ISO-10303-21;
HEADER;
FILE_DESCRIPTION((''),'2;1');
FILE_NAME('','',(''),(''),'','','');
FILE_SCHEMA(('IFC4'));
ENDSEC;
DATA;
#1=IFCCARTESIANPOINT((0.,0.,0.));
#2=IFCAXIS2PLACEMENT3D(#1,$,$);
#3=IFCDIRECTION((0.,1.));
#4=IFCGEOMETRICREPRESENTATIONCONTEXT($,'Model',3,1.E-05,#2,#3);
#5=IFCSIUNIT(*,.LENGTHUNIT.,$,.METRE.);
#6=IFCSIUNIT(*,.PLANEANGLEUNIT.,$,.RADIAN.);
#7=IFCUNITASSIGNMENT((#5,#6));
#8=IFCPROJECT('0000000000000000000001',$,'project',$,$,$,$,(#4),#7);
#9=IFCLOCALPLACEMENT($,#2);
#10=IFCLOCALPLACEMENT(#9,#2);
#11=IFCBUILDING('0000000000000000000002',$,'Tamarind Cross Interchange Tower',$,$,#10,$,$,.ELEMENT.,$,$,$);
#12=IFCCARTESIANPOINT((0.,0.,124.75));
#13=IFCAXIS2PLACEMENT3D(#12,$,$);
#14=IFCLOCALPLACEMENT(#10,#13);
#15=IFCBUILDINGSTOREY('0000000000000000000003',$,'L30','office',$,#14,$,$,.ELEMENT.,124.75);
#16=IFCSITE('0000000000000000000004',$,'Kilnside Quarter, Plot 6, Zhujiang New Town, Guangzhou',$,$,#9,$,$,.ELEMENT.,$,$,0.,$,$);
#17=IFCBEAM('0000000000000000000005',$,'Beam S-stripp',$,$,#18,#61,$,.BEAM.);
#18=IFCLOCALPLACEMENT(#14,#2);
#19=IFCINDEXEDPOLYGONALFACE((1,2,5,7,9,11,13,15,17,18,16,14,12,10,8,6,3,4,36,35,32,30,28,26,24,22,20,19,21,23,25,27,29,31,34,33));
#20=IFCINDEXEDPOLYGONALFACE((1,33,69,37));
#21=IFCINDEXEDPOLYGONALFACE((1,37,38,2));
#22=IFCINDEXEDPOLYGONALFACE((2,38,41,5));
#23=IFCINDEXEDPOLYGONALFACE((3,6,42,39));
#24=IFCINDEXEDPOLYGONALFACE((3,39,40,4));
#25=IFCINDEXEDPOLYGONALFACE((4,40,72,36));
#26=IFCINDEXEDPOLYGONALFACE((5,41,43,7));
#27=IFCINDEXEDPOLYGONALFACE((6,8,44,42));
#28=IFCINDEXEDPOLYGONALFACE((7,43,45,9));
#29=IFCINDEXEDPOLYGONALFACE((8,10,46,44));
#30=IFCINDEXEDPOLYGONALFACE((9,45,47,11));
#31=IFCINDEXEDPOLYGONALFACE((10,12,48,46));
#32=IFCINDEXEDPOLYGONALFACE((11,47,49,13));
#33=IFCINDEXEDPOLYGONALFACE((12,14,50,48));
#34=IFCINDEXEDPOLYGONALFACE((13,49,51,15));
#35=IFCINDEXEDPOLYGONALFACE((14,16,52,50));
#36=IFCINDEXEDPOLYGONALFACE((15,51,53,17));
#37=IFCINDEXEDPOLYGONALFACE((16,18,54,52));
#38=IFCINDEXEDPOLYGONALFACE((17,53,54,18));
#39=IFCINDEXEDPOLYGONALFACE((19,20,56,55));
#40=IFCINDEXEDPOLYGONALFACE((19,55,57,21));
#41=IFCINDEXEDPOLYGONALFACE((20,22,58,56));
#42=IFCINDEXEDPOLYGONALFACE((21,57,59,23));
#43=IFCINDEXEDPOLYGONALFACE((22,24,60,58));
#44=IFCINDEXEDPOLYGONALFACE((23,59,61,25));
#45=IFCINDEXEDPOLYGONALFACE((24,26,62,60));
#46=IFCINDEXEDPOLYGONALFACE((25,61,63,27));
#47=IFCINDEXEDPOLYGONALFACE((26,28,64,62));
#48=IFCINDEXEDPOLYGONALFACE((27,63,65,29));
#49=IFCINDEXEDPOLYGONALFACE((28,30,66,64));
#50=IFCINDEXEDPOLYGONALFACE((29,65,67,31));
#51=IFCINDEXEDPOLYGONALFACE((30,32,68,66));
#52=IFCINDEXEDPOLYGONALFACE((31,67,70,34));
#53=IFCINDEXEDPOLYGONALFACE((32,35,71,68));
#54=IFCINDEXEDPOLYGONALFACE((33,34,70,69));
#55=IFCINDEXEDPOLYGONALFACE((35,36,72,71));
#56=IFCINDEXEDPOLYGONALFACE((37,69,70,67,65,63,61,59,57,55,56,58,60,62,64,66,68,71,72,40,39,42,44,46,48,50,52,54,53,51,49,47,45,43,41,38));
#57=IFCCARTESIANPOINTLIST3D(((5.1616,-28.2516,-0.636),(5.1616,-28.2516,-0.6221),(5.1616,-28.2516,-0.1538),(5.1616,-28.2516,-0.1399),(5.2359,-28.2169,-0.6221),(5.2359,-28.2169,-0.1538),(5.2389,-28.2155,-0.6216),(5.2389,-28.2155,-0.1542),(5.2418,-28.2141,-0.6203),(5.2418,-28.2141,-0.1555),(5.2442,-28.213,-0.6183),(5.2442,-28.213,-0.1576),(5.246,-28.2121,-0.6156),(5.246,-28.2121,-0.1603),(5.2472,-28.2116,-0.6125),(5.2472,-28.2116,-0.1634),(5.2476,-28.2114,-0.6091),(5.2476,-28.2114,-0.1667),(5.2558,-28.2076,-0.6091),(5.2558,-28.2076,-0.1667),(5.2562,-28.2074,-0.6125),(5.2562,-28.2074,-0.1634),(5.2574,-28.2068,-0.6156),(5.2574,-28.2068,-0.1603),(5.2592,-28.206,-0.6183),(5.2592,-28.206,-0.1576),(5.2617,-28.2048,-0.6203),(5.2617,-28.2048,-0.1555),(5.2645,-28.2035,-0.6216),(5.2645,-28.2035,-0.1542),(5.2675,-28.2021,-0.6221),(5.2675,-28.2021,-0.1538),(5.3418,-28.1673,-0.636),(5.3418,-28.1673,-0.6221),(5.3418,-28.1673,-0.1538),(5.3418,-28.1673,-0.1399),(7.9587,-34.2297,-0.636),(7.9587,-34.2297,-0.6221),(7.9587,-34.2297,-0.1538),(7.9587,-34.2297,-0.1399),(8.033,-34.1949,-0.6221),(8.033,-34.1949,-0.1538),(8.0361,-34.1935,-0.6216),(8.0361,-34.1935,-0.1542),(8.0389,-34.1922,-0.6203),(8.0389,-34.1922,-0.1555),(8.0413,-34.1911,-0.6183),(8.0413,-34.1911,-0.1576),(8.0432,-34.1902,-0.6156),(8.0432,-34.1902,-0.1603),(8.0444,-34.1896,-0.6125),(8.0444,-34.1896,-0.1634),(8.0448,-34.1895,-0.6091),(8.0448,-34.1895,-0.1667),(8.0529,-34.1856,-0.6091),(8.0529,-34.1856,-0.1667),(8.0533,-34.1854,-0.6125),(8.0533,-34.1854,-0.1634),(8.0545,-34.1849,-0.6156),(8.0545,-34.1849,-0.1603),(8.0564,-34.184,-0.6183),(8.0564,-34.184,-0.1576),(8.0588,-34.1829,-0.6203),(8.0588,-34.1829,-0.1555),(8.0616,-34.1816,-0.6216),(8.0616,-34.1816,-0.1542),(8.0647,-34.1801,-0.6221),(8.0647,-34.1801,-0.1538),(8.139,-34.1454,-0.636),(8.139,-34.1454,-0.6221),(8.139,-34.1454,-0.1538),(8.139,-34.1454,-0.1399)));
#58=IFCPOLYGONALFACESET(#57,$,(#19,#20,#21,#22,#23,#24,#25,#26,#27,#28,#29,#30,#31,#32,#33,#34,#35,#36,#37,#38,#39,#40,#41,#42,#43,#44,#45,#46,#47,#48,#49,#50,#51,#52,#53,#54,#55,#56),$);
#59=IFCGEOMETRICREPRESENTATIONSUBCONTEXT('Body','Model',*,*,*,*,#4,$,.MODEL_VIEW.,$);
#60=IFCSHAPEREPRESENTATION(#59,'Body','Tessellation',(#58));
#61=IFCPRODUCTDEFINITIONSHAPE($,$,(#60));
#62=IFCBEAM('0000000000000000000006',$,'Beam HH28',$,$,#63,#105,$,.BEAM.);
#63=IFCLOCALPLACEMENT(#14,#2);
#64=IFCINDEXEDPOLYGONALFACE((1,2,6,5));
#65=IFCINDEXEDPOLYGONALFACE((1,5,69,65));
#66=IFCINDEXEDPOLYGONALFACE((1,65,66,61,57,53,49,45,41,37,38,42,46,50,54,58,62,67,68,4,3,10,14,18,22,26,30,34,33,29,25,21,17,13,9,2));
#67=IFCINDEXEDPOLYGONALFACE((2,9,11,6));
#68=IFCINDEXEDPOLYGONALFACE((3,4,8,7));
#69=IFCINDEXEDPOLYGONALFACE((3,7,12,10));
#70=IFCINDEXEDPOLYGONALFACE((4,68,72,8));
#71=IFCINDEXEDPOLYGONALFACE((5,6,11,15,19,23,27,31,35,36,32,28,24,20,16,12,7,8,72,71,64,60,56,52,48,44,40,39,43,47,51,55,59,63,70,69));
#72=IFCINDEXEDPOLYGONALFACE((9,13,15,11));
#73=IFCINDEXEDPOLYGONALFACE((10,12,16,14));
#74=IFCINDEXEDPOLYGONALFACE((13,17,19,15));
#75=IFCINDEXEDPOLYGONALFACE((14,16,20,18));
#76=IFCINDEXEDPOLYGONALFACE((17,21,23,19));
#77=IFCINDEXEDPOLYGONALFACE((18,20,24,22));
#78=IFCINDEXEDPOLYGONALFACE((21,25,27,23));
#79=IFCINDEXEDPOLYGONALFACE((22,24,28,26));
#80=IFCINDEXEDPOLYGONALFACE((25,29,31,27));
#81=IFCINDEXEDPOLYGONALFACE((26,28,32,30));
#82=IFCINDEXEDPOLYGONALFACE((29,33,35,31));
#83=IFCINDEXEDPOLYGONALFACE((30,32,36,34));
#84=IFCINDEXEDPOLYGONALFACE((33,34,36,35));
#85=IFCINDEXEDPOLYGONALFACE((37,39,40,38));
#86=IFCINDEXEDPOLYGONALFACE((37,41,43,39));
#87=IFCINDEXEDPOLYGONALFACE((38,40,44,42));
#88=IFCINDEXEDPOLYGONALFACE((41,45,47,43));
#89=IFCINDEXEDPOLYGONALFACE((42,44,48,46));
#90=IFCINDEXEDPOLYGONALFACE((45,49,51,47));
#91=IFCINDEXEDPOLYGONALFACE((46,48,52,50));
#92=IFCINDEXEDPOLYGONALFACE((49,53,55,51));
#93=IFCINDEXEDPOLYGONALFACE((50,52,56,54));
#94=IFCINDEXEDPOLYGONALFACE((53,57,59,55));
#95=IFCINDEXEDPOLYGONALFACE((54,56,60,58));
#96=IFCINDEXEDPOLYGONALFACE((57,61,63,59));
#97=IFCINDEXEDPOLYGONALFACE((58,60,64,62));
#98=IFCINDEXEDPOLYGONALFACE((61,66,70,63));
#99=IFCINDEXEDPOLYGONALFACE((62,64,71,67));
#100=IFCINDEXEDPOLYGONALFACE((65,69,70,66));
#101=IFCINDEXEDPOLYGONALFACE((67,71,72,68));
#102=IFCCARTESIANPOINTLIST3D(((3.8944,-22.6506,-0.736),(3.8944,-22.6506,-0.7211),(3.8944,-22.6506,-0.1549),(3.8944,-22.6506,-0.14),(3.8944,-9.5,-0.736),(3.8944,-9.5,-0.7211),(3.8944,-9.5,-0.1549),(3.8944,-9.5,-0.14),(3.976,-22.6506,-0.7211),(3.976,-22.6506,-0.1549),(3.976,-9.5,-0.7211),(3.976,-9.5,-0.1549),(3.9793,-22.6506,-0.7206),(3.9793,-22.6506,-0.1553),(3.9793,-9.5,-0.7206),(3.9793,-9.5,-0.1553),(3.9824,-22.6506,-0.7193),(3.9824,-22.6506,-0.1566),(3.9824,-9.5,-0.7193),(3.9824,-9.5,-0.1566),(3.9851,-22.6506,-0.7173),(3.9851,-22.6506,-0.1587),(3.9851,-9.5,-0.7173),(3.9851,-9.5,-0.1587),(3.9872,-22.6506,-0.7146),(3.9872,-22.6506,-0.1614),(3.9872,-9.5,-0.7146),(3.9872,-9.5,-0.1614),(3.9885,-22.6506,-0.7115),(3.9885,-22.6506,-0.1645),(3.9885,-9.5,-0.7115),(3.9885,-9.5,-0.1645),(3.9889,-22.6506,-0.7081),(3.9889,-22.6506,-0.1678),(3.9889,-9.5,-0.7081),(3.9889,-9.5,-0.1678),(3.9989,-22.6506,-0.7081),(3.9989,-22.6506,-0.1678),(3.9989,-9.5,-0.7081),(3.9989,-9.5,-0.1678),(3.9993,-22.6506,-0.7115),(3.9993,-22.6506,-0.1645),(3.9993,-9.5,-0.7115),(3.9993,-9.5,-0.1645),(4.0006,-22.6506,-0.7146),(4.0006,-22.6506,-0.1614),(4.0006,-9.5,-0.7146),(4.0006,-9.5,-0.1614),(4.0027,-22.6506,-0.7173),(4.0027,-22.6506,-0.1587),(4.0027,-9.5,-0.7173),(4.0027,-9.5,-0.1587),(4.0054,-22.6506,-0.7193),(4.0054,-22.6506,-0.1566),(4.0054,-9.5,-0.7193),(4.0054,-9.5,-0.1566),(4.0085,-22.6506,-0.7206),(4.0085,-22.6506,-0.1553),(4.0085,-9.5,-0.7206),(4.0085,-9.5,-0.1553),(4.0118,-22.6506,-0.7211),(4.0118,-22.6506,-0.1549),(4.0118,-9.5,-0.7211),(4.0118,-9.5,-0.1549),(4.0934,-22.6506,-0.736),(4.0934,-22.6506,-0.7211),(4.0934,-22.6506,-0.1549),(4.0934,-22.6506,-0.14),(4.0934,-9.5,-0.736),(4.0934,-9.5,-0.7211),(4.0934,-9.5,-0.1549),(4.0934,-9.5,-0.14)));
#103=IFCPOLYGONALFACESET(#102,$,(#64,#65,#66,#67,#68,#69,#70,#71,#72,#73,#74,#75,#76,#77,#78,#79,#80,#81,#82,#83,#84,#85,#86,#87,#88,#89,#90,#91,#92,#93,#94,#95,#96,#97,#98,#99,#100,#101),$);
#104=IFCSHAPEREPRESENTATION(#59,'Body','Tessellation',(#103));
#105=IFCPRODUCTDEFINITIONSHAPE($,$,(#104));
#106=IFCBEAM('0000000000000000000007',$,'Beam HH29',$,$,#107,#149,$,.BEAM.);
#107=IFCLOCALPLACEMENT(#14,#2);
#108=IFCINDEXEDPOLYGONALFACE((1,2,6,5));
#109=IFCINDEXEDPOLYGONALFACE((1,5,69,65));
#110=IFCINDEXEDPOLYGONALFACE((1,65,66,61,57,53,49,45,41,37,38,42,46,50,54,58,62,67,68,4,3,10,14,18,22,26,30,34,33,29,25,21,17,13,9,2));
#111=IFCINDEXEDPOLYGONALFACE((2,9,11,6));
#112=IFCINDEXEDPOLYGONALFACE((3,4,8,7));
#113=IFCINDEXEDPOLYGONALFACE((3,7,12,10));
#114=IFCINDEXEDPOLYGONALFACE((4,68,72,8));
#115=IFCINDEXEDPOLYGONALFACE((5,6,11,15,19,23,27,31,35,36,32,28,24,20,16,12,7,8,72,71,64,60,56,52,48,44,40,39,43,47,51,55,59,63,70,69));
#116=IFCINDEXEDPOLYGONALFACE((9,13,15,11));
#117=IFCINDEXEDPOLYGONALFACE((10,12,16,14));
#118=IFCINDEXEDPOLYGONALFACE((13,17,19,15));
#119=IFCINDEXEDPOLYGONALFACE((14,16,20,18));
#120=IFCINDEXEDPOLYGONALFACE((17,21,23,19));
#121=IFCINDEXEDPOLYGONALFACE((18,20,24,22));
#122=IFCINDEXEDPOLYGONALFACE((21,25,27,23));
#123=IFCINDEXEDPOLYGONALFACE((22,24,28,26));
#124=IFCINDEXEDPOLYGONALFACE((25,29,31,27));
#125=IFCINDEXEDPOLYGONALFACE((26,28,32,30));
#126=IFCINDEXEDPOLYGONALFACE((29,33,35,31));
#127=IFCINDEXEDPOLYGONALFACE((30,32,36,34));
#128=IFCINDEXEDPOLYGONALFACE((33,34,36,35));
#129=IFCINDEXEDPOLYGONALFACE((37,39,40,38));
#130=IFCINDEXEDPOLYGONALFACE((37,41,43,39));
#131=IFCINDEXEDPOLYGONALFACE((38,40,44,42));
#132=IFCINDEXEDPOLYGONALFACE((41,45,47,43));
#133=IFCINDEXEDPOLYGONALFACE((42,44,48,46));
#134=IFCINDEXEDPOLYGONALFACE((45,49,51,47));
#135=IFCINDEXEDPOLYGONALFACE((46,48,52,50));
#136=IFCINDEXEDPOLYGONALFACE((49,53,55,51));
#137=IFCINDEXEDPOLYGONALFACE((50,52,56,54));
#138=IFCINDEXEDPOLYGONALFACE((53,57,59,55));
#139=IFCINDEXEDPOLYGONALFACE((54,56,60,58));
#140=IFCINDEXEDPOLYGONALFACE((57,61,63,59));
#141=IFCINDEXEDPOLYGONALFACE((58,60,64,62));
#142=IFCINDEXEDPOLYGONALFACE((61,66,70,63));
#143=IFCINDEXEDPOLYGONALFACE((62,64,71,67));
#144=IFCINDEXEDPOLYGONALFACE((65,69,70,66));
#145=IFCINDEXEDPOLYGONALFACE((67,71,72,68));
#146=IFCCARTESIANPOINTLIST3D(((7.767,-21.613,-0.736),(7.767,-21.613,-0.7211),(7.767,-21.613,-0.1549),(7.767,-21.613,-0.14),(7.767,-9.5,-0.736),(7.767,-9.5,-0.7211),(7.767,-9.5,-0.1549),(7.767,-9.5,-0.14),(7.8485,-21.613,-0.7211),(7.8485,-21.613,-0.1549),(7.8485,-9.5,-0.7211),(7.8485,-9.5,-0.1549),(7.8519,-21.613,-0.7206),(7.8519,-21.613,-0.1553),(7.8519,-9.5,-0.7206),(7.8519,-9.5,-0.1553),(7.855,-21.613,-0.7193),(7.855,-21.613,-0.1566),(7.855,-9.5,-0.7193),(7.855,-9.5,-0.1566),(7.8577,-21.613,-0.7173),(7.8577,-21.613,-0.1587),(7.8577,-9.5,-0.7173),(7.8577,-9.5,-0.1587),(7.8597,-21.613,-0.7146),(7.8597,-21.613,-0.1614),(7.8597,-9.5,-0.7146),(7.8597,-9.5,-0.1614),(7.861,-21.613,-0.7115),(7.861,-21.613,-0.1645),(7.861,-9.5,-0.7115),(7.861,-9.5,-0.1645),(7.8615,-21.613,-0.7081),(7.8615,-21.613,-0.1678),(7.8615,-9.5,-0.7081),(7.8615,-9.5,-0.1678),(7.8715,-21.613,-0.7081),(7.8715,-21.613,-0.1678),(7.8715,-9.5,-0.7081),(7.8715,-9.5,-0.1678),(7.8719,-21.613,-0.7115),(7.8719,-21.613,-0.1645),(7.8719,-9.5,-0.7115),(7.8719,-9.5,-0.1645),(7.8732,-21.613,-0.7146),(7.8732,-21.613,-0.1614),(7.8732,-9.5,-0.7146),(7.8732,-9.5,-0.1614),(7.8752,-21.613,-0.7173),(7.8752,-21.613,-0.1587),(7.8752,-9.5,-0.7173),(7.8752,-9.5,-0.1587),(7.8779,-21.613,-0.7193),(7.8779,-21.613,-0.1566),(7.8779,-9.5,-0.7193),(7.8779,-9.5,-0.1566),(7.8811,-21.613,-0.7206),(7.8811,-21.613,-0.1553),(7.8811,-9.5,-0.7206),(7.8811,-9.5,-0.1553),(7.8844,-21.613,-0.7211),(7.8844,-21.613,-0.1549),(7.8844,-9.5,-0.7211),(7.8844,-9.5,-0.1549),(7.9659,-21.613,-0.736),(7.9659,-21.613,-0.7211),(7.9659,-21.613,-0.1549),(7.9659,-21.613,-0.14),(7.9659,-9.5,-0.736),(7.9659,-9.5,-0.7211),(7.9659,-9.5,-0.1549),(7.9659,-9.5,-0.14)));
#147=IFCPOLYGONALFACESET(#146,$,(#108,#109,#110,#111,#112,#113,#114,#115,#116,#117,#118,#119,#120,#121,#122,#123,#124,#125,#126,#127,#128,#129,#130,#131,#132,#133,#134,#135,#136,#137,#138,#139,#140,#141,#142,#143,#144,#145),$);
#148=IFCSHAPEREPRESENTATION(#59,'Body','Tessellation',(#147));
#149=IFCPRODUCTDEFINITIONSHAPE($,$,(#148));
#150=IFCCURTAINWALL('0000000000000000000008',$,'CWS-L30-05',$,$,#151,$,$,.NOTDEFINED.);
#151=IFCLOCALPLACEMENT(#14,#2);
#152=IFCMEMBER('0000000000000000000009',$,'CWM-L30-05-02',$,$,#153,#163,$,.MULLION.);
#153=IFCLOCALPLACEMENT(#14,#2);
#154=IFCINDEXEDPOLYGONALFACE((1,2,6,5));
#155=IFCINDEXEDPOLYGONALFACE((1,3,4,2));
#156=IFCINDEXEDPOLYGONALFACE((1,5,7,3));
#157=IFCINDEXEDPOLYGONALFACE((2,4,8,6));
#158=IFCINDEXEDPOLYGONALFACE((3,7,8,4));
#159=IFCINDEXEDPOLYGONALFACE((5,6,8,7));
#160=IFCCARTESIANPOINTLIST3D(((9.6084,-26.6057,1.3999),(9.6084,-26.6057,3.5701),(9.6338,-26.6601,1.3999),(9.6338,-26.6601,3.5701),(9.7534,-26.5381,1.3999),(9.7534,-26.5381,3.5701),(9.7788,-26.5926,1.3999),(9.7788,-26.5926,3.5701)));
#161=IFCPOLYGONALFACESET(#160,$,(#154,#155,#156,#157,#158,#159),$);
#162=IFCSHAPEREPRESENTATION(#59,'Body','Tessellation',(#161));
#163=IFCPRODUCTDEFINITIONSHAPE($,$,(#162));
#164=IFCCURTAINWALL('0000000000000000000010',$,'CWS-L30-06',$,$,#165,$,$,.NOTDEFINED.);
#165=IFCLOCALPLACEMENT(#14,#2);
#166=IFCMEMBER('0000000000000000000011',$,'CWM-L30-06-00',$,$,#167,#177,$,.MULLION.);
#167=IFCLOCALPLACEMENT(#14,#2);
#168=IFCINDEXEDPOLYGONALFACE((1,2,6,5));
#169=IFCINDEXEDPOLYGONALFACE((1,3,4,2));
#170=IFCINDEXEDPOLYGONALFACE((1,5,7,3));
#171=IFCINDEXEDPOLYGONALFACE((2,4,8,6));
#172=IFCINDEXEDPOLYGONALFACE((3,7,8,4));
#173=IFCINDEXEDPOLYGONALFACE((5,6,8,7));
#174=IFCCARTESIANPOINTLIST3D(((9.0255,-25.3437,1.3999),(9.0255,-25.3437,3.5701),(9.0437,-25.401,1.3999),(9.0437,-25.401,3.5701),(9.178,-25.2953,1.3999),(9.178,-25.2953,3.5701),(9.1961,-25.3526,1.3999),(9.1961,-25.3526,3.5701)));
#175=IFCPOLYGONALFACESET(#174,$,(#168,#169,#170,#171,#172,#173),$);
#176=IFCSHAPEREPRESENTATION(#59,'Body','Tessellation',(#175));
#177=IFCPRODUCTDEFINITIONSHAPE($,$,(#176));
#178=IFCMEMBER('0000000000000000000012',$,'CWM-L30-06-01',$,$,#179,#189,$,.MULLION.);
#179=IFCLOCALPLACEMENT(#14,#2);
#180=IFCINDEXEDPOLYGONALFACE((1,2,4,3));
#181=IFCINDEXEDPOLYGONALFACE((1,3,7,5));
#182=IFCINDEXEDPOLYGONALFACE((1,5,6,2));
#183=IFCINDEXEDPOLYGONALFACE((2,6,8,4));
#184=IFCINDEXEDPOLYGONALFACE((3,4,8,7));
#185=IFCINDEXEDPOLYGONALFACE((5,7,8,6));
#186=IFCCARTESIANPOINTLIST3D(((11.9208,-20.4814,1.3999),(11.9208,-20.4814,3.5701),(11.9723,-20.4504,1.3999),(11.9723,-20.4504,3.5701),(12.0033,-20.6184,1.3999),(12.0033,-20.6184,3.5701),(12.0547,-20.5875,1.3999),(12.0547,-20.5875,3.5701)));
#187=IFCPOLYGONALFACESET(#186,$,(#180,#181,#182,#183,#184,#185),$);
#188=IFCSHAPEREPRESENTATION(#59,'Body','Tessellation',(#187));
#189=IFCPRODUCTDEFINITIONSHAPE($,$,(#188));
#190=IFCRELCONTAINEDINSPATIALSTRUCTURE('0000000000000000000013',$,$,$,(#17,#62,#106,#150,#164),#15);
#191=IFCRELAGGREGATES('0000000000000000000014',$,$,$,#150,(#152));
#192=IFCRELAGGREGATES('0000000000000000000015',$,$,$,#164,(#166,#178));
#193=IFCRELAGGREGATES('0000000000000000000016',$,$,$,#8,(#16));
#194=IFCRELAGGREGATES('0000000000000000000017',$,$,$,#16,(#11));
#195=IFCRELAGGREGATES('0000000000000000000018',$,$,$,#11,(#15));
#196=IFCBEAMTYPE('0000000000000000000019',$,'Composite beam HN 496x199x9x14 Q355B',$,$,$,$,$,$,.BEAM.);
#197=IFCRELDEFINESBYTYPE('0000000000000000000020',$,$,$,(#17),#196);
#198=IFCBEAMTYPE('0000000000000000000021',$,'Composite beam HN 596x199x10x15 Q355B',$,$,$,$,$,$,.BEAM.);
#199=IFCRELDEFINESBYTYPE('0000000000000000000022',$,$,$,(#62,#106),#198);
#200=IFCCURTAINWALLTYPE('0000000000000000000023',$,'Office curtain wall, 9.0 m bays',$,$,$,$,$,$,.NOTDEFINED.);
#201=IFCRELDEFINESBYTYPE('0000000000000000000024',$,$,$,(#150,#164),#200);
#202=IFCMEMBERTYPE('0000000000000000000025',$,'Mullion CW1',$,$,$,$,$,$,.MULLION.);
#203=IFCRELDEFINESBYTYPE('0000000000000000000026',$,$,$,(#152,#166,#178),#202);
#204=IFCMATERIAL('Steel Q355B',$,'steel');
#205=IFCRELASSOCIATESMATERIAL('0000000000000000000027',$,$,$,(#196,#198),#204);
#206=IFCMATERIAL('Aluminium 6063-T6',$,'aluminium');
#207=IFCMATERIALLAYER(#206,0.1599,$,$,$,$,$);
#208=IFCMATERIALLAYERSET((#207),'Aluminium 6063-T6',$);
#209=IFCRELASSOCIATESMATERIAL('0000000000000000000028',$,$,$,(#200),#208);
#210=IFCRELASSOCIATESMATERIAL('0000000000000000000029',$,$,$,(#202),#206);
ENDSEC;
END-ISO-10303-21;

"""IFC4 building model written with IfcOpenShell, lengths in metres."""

from ifc_helpers import new_model, si_unit, direction, frame, origin, origin_2d, place, context, subcontext, project, spatial, rectangle, i_section, extrude, material, layer, layer_set, material_profile, profile_set, type_object, element, aggregate, save


model = new_model("IFC4")

# Units and contexts
model_context = context("Model", 3, precision=1e-05, world=origin(), true_north=direction((0.0, 1.0)))
body_context = subcontext(model_context, "Body", "Model", "MODEL_VIEW")
ifc_project = project(units=[si_unit("LENGTHUNIT", "METRE"), si_unit("PLANEANGLEUNIT", "RADIAN")], contexts=[model_context])

# Site, building, storey
site_placement = place(None, origin())
site = spatial("IfcSite", under=ifc_project, at=site_placement, Name="Kilnside Quarter, Plot 6, Zhujiang New Town, Guangzhou", CompositionType="ELEMENT", RefElevation=0.0)
building_placement = place(site_placement, origin())
building = spatial("IfcBuilding", under=site, at=building_placement, Name="Tamarind Cross Interchange Tower", CompositionType="ELEMENT")
storey_placement = place(building_placement, frame((0.0, 0.0, 124.75)))
storey = spatial("IfcBuildingStorey", under=building, at=storey_placement, Name="L30", Description="office", CompositionType="ELEMENT", Elevation=124.75)

# Beams
ifc_material_1 = material(Name="Steel Q355B", Category="steel")
ifc_material_profile_1 = material_profile(ifc_material_1, i_section(OverallWidth=0.199, OverallDepth=0.4961, WebThickness=0.009, FlangeThickness=0.0139, FilletRadius=0.0129, at=origin_2d()), Name="HN 496x199x9x14")
ifc_profile_set_1 = profile_set([ifc_material_profile_1], Name="Steel Q355B")
beam_type_1 = type_object("IfcBeamType", Name="Composite beam HN 496x199x9x14 Q355B", PredefinedType="BEAM", material=ifc_profile_set_1)
beam_1_placement = place(storey_placement, frame((5.2517, -28.2095, -0.3879), z_axis=(0.423803, -0.905755, 0.0), x_axis=(0.905755, 0.423803, 0.0)))
element("IfcBeam", 1, at=beam_1_placement, inside=storey, type_object=beam_type_1, Name="Beam S-stripp", PredefinedType="BEAM", context=body_context, shape_type="SweptSolid", body=[
    extrude(i_section(OverallWidth=0.199, OverallDepth=0.4961, WebThickness=0.009, FlangeThickness=0.0139, FilletRadius=0.0129, at=origin_2d()), origin(), (0.0, 0.0, 1.0), 6.6001),
])
ifc_material_profile_2 = material_profile(ifc_material_1, i_section(OverallWidth=0.199, OverallDepth=0.5959, WebThickness=0.01, FlangeThickness=0.0149, FilletRadius=0.0129, at=origin_2d()), Name="HN 596x199x10x15")
ifc_profile_set_2 = profile_set([ifc_material_profile_2], Name="Steel Q355B")
beam_type_2 = type_object("IfcBeamType", Name="Composite beam HN 596x199x10x15 Q355B", PredefinedType="BEAM", material=ifc_profile_set_2)
beam_2_placement = place(storey_placement, frame((3.9939, -22.6506, -0.438), z_axis=(0.0, 1.0, 0.0), x_axis=(-1.0, 0.0, 0.0)))
element("IfcBeam", 2, at=beam_2_placement, inside=storey, type_object=beam_type_2, Name="Beam HH28", PredefinedType="BEAM", context=body_context, shape_type="SweptSolid", body=[
    extrude(i_section(OverallWidth=0.199, OverallDepth=0.5959, WebThickness=0.01, FlangeThickness=0.0149, FilletRadius=0.0129, at=origin_2d()), origin(), (0.0, 0.0, 1.0), 13.1506),
])
beam_3_placement = place(storey_placement, frame((7.8665, -21.613, -0.438), z_axis=(0.0, 1.0, 0.0), x_axis=(-1.0, 0.0, 0.0)))
element("IfcBeam", 3, at=beam_3_placement, inside=storey, type_object=beam_type_2, Name="Beam HH29", PredefinedType="BEAM", context=body_context, shape_type="SweptSolid", body=[
    extrude(i_section(OverallWidth=0.199, OverallDepth=0.5959, WebThickness=0.01, FlangeThickness=0.0149, FilletRadius=0.0129, at=origin_2d()), origin(), (0.0, 0.0, 1.0), 12.113),
])

# Curtain wall, member
ifc_material_2 = material(Name="Aluminium 6063-T6", Category="aluminium")
ifc_layer_1 = layer(ifc_material_2, 0.1599)
ifc_layer_set_1 = layer_set([ifc_layer_1], Name="Aluminium 6063-T6")
curtain_wall_type = type_object("IfcCurtainWallType", Name="Office curtain wall, 9.0 m bays", PredefinedType="NOTDEFINED", material=ifc_layer_set_1)
curtain_wall_1_placement = place(storey_placement, origin())
curtain_wall_1 = element("IfcCurtainWall", 4, at=curtain_wall_1_placement, inside=storey, type_object=curtain_wall_type, Name="CWS-L30-05", PredefinedType="NOTDEFINED")
ifc_material_profile_3 = material_profile(ifc_material_2, rectangle(XDim=0.0601, YDim=0.1599, at=origin_2d()), Name="Mullion CW1")
ifc_profile_set_3 = profile_set([ifc_material_profile_3], Name="Aluminium 6063-T6")
member_type = type_object("IfcMemberType", Name="Mullion CW1", PredefinedType="MULLION", material=ifc_profile_set_3)
member_1_placement = place(storey_placement, frame((9.6936, -26.5991, 1.3999), z_axis=(0.0, 0.0, 1.0), x_axis=(-0.422174, 0.906515, 0.0)))
member_1 = element("IfcMember", 5, at=member_1_placement, type_object=member_type, Name="CWM-L30-05-02", PredefinedType="MULLION", context=body_context, shape_type="SweptSolid", body=[
    extrude(rectangle(XDim=0.0601, YDim=0.1599, at=origin_2d()), origin(), (0.0, 0.0, 1.0), 2.1702),
])
aggregate(curtain_wall_1, [member_1])

# Curtain wall, members
curtain_wall_2_placement = place(storey_placement, origin())
curtain_wall_2 = element("IfcCurtainWall", 6, at=curtain_wall_2_placement, inside=storey, type_object=curtain_wall_type, Name="CWS-L30-06", PredefinedType="NOTDEFINED")
member_2_placement = place(storey_placement, frame((9.1108, -25.3481, 1.3999), z_axis=(0.0, 0.0, 1.0), x_axis=(-0.302453, 0.953164, 0.0)))
member_2 = element("IfcMember", 7, at=member_2_placement, type_object=member_type, Name="CWM-L30-06-00", PredefinedType="MULLION", context=body_context, shape_type="SweptSolid", body=[
    extrude(rectangle(XDim=0.0601, YDim=0.1599, at=origin_2d()), origin(), (0.0, 0.0, 1.0), 2.1702),
])
member_3_placement = place(storey_placement, frame((11.9878, -20.5344, 1.3999), z_axis=(0.0, 0.0, 1.0), x_axis=(0.856843, 0.515577, 0.0)))
member_3 = element("IfcMember", 8, at=member_3_placement, type_object=member_type, Name="CWM-L30-06-01", PredefinedType="MULLION", context=body_context, shape_type="SweptSolid", body=[
    extrude(rectangle(XDim=0.0601, YDim=0.1599, at=origin_2d()), origin(), (0.0, 0.0, 1.0), 2.1702),
])
aggregate(curtain_wall_2, [member_2, member_3])

save(model, "model.ifc")
